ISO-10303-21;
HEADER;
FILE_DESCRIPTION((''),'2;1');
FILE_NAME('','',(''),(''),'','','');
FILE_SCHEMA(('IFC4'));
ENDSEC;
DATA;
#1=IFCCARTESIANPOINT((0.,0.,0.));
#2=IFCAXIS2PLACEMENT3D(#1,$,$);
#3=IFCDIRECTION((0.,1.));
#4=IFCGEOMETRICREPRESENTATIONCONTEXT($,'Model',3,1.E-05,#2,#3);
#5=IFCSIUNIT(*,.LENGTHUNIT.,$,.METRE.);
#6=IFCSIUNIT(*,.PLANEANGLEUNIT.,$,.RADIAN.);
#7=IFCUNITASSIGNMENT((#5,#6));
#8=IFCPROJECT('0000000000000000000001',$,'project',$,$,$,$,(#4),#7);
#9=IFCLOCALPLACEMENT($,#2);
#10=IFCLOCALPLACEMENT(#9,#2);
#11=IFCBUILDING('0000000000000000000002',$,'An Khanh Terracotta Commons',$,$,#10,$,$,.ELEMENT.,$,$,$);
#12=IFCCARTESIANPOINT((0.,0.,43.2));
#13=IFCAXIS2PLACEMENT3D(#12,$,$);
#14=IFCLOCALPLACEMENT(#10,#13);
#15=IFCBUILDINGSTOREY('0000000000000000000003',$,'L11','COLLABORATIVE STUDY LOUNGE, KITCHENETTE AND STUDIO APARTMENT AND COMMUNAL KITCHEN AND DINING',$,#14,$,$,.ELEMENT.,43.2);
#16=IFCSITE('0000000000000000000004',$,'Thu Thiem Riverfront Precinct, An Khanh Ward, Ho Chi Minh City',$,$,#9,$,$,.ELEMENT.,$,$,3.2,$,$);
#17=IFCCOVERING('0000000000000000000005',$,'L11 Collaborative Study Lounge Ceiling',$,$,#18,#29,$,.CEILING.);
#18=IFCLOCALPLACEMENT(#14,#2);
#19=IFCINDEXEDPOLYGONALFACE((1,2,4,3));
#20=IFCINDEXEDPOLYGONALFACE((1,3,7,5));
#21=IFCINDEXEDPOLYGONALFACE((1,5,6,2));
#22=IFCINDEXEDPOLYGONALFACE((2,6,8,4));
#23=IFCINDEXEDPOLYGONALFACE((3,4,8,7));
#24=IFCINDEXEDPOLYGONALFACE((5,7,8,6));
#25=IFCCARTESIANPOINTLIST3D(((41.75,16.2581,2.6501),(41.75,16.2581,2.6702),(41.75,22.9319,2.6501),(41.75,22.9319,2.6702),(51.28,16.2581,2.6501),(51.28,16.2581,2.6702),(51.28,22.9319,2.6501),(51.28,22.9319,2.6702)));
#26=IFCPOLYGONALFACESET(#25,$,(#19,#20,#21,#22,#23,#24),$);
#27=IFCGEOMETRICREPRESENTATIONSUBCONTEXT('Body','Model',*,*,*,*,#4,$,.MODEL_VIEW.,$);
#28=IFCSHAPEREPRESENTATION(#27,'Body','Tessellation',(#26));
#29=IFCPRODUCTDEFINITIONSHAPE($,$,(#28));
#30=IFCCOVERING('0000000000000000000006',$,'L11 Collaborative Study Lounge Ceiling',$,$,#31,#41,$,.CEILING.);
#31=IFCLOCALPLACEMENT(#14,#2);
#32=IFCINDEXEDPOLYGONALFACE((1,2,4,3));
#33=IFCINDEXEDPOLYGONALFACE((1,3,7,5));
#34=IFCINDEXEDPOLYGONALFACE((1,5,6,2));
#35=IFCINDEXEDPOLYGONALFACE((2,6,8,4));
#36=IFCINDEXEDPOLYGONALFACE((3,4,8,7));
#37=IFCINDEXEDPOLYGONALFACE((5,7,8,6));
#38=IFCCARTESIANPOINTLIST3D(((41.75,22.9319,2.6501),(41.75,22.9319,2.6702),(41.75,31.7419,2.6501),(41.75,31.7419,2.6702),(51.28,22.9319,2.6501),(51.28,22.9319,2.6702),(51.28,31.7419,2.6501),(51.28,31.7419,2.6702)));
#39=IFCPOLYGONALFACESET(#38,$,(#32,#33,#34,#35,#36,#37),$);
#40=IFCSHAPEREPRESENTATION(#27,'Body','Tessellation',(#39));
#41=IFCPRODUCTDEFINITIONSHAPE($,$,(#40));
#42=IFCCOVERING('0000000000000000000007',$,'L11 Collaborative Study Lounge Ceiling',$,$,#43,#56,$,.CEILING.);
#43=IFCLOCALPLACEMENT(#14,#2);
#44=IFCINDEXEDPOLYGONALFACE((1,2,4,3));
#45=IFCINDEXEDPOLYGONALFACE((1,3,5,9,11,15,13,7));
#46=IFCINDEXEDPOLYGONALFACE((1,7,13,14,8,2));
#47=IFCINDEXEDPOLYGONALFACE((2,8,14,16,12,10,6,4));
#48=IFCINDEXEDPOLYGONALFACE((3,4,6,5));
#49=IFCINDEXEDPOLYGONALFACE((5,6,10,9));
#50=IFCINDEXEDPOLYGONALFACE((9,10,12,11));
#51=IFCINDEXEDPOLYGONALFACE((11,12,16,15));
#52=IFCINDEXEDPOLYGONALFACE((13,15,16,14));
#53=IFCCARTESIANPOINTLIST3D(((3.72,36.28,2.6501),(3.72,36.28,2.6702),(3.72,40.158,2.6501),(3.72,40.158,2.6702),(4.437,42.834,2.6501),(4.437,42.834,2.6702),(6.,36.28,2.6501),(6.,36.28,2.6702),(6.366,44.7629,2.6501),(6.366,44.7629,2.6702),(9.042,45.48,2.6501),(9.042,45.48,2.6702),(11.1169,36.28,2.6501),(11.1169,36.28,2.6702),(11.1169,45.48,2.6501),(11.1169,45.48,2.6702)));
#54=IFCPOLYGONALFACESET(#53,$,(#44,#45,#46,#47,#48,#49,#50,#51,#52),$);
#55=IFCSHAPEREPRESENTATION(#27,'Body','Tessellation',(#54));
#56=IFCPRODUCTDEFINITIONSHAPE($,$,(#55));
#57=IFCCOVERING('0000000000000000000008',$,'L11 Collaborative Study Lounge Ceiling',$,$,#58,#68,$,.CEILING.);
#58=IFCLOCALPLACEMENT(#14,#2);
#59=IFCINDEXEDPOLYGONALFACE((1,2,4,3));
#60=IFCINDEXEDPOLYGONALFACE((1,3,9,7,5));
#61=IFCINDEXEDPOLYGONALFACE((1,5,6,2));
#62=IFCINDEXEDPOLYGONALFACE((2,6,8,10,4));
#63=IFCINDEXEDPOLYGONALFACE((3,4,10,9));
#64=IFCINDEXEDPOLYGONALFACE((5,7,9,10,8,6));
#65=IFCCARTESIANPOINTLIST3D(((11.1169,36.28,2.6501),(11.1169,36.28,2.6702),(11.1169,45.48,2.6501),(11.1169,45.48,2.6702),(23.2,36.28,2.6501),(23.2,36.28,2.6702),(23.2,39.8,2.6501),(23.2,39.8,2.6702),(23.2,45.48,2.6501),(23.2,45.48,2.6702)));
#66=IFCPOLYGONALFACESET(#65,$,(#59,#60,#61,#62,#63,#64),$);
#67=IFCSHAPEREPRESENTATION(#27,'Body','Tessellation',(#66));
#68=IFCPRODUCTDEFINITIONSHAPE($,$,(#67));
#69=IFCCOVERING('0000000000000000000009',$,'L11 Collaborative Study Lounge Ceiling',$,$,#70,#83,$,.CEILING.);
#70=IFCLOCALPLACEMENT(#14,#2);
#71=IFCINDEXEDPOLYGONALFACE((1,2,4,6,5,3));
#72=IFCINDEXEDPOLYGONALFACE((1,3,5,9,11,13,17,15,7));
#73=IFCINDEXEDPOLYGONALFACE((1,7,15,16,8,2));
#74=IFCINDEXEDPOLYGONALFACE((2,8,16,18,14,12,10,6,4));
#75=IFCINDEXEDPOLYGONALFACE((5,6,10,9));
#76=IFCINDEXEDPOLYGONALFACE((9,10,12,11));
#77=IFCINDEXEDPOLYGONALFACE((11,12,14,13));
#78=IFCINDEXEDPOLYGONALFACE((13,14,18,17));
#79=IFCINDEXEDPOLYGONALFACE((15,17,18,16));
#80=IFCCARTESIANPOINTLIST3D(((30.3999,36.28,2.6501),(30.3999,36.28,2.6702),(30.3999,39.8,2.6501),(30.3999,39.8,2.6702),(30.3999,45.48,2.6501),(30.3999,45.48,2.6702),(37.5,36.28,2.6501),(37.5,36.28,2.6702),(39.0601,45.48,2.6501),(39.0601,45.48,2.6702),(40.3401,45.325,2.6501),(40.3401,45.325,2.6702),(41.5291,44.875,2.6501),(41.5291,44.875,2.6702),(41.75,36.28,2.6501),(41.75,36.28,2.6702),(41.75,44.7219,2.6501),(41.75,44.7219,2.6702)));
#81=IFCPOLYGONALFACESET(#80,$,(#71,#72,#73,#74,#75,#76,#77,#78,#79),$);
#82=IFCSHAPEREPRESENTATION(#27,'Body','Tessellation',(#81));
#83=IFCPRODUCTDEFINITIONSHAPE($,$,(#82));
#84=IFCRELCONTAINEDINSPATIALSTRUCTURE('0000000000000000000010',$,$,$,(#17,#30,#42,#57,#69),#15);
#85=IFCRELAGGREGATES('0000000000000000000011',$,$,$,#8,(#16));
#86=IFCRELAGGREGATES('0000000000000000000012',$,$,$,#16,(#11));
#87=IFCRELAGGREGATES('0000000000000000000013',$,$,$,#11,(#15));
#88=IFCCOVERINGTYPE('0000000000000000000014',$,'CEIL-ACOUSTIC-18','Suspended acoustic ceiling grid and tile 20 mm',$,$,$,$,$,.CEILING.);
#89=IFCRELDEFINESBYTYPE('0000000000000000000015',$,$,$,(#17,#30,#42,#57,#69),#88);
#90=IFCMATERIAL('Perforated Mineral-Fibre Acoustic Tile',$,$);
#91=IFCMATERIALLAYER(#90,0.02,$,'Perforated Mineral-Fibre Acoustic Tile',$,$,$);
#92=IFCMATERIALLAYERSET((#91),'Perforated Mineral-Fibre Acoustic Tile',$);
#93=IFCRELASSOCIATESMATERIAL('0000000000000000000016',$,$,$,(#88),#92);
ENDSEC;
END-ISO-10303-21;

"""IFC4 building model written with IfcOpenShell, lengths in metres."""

from ifc_helpers import new_model, si_unit, direction, frame, origin, place, context, subcontext, project, spatial, polyline, outline, extrude, material, layer, layer_set, type_object, element, save


model = new_model("IFC4")

# Units and contexts
model_context = context("Model", 3, precision=1e-05, world=origin(), true_north=direction((0.0, 1.0)))
body_context = subcontext(model_context, "Body", "Model", "MODEL_VIEW")
ifc_project = project(units=[si_unit("LENGTHUNIT", "METRE"), si_unit("PLANEANGLEUNIT", "RADIAN")], contexts=[model_context])

# Site, building, storey
site_placement = place(None, origin())
site = spatial("IfcSite", under=ifc_project, at=site_placement, Name="Thu Thiem Riverfront Precinct, An Khanh Ward, Ho Chi Minh City", CompositionType="ELEMENT", RefElevation=3.2)
building_placement = place(site_placement, origin())
building = spatial("IfcBuilding", under=site, at=building_placement, Name="An Khanh Terracotta Commons", CompositionType="ELEMENT")
storey_placement = place(building_placement, frame((0.0, 0.0, 43.2)))
storey = spatial("IfcBuildingStorey", under=building, at=storey_placement, Name="L11", Description="COLLABORATIVE STUDY LOUNGE, KITCHENETTE AND STUDIO APARTMENT AND COMMUNAL KITCHEN AND DINING", CompositionType="ELEMENT", Elevation=43.2)

# Coverings
ifc_material_1 = material(Name="Perforated Mineral-Fibre Acoustic Tile")
ifc_layer_1 = layer(ifc_material_1, 0.02, Name="Perforated Mineral-Fibre Acoustic Tile")
ifc_layer_set_1 = layer_set([ifc_layer_1], Name="Perforated Mineral-Fibre Acoustic Tile")
covering_type = type_object("IfcCoveringType", Name="CEIL-ACOUSTIC-18", Description="Suspended acoustic ceiling grid and tile 20 mm", PredefinedType="CEILING", material=ifc_layer_set_1)
covering_1_placement = place(storey_placement, frame((0.0, 0.0, 2.6501)))
element("IfcCovering", 1, at=covering_1_placement, inside=storey, type_object=covering_type, Name="L11 Collaborative Study Lounge Ceiling", PredefinedType="CEILING", context=body_context, shape_type="SweptSolid", body=[
    extrude(outline(polyline([(51.28, 16.2581), (41.75, 16.2581), (41.75, 22.9319), (51.28, 22.9319), (51.28, 16.2581)])), origin(), (0.0, 0.0, 1.0), 0.02),
])
covering_2_placement = place(storey_placement, frame((0.0, 0.0, 2.6501)))
element("IfcCovering", 2, at=covering_2_placement, inside=storey, type_object=covering_type, Name="L11 Collaborative Study Lounge Ceiling", PredefinedType="CEILING", context=body_context, shape_type="SweptSolid", body=[
    extrude(outline(polyline([(51.28, 22.9319), (41.75, 22.9319), (41.75, 31.7419), (51.28, 31.7419), (51.28, 22.9319)])), origin(), (0.0, 0.0, 1.0), 0.02),
])
covering_3_placement = place(storey_placement, frame((0.0, 0.0, 2.6501)))
element("IfcCovering", 3, at=covering_3_placement, inside=storey, type_object=covering_type, Name="L11 Collaborative Study Lounge Ceiling", PredefinedType="CEILING", context=body_context, shape_type="SweptSolid", body=[
    extrude(outline(polyline([(9.042, 45.48), (11.1169, 45.48), (11.1169, 36.28), (6.0, 36.28), (3.72, 36.28), (3.72, 40.158), (4.437, 42.834), (6.366, 44.7629), (9.042, 45.48)])), origin(), (0.0, 0.0, 1.0), 0.02),
])
covering_4_placement = place(storey_placement, frame((0.0, 0.0, 2.6501)))
element("IfcCovering", 4, at=covering_4_placement, inside=storey, type_object=covering_type, Name="L11 Collaborative Study Lounge Ceiling", PredefinedType="CEILING", context=body_context, shape_type="SweptSolid", body=[
    extrude(outline(polyline([(23.2, 45.48), (23.2, 39.8), (23.2, 36.28), (11.1169, 36.28), (11.1169, 45.48), (23.2, 45.48)])), origin(), (0.0, 0.0, 1.0), 0.02),
])
covering_5_placement = place(storey_placement, frame((0.0, 0.0, 2.6501)))
element("IfcCovering", 5, at=covering_5_placement, inside=storey, type_object=covering_type, Name="L11 Collaborative Study Lounge Ceiling", PredefinedType="CEILING", context=body_context, shape_type="SweptSolid", body=[
    extrude(outline(polyline([(39.0601, 45.48), (40.3401, 45.325), (41.5291, 44.875), (41.75, 44.7219), (41.75, 36.28), (37.5, 36.28), (30.3999, 36.28), (30.3999, 39.8), (30.3999, 45.48), (39.0601, 45.48)])), origin(), (0.0, 0.0, 1.0), 0.02),
])

save(model, "model.ifc")
